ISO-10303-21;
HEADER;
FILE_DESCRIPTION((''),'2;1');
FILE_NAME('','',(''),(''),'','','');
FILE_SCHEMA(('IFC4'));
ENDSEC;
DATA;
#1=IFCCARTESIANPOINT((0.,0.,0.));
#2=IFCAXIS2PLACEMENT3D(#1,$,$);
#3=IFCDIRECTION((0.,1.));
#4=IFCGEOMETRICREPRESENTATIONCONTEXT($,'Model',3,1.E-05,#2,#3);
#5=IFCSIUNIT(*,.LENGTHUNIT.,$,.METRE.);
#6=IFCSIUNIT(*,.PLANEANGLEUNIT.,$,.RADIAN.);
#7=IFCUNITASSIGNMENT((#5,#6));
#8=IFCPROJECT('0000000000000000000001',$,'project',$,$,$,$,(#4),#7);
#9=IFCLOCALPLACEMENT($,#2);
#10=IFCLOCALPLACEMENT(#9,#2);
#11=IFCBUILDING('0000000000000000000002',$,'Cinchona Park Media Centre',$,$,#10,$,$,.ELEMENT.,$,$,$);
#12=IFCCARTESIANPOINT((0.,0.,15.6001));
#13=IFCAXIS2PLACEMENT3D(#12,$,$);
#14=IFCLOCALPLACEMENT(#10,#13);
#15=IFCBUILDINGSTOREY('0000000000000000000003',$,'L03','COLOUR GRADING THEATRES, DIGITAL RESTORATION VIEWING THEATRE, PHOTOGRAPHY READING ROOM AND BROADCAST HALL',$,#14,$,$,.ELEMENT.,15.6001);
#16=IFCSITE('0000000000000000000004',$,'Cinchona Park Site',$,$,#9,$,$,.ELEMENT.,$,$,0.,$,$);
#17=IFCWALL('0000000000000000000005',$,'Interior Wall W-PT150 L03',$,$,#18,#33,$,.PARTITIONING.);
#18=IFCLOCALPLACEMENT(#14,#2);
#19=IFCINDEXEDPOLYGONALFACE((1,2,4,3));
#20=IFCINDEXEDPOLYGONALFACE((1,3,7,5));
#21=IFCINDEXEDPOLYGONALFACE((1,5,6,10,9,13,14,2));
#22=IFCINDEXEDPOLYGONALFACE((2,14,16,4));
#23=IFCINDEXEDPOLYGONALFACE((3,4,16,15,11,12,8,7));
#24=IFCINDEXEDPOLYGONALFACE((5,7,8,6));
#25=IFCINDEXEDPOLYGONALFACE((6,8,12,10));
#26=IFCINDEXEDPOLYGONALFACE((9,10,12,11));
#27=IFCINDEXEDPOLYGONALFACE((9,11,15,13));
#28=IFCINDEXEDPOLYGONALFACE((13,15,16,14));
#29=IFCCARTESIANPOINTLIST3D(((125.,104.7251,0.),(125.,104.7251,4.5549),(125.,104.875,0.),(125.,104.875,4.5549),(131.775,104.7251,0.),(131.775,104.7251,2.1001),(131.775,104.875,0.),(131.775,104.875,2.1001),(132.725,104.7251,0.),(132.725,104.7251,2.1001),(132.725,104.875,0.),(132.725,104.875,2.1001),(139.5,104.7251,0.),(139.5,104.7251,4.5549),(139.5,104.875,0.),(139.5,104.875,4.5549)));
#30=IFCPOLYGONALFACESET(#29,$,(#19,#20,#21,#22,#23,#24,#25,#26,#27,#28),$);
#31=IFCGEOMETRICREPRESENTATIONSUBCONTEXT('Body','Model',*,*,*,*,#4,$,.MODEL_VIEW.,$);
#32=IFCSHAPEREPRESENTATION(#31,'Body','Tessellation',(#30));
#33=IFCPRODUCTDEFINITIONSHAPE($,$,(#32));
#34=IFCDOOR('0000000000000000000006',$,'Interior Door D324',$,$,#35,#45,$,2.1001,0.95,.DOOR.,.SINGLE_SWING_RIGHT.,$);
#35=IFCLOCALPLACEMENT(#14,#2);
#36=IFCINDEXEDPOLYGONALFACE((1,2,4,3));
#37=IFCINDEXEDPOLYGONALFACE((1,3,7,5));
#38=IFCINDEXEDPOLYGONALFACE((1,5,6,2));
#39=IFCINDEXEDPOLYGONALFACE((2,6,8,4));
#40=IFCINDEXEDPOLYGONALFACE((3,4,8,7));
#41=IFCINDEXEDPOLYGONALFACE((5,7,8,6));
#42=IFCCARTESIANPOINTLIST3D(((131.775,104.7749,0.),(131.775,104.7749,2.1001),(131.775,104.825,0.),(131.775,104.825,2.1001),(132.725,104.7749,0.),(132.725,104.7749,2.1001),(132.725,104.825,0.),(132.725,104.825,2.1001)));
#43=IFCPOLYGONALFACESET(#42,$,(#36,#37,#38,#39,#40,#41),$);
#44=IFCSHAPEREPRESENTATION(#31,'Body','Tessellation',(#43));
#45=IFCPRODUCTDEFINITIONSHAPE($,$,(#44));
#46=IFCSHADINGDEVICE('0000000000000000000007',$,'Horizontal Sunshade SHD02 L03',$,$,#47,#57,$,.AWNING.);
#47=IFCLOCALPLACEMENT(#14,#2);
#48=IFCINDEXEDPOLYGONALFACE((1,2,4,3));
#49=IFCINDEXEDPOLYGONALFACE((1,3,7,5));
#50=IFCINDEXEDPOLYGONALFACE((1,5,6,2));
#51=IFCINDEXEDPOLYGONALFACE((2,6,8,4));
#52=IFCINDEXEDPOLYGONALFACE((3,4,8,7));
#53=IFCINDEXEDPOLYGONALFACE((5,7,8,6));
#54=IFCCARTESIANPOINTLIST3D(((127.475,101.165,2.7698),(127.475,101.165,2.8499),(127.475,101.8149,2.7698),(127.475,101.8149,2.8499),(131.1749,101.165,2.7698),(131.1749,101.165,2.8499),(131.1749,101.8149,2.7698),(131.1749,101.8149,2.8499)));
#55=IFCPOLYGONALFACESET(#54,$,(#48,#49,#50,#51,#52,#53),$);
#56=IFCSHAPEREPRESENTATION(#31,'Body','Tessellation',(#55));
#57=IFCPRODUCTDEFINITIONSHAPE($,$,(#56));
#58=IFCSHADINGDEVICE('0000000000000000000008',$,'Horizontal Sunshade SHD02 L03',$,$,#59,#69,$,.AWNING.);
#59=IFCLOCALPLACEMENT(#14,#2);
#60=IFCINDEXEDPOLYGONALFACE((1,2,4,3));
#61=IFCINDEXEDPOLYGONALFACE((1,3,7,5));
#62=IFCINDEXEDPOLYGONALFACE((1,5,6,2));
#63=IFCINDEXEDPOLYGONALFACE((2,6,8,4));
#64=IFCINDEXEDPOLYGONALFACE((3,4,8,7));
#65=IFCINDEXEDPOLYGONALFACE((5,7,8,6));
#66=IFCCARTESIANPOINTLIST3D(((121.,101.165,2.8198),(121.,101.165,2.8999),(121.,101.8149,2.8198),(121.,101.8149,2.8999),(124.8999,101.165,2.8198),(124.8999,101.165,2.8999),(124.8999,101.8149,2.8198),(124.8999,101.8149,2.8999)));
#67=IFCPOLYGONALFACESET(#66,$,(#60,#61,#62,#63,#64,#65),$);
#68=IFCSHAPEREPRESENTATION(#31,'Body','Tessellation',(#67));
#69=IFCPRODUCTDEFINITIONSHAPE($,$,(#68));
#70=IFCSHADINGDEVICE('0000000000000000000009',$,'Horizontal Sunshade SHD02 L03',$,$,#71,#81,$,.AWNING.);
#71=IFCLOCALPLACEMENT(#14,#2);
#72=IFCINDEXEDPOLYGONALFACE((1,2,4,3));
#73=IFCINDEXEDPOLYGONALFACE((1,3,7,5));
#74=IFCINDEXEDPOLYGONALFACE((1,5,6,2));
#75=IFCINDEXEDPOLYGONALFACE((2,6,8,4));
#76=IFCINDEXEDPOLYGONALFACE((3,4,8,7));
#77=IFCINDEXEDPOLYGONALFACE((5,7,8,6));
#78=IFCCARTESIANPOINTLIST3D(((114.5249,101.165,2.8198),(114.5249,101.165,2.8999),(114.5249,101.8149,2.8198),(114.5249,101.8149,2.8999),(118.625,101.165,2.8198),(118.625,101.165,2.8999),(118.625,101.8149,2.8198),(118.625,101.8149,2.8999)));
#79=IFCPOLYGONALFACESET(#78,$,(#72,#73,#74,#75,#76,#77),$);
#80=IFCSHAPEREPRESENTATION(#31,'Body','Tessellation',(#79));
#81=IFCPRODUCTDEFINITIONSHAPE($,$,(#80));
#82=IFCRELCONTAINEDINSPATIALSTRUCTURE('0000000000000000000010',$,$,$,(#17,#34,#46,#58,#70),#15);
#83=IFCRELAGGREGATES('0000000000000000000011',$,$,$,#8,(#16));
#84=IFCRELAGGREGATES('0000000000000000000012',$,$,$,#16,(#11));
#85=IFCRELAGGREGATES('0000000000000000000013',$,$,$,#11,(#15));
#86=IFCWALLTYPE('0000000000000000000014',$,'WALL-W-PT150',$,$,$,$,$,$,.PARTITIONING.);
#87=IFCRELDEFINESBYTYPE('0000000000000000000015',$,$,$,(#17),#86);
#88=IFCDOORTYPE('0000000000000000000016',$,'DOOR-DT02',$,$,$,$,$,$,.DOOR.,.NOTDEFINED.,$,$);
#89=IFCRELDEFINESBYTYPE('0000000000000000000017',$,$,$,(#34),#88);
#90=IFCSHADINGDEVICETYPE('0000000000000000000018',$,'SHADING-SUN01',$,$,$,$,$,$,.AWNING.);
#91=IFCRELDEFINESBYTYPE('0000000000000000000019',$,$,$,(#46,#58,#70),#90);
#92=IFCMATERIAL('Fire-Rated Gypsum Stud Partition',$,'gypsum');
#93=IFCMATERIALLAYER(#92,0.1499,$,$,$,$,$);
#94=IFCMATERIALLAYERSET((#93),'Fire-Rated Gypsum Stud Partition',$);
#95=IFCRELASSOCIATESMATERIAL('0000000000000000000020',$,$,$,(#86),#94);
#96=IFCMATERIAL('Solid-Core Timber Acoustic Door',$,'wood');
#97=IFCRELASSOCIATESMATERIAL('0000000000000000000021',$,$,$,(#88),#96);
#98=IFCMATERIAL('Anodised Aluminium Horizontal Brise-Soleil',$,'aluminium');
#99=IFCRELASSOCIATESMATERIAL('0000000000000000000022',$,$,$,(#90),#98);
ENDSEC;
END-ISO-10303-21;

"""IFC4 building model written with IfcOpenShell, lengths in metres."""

from ifc_helpers import new_model, si_unit, direction, frame, frame_2d, origin, origin_2d, place, context, subcontext, project, spatial, rectangle, extrude, material, layer, layer_set, type_object, element, fill, save


model = new_model("IFC4")

# Units and contexts
model_context = context("Model", 3, precision=1e-05, world=origin(), true_north=direction((0.0, 1.0)))
body_context = subcontext(model_context, "Body", "Model", "MODEL_VIEW")
ifc_project = project(units=[si_unit("LENGTHUNIT", "METRE"), si_unit("PLANEANGLEUNIT", "RADIAN")], contexts=[model_context])

# Site, building, storey
site_placement = place(None, origin())
site = spatial("IfcSite", under=ifc_project, at=site_placement, Name="Cinchona Park Site", CompositionType="ELEMENT", RefElevation=0.0)
building_placement = place(site_placement, origin())
building = spatial("IfcBuilding", under=site, at=building_placement, Name="Cinchona Park Media Centre", CompositionType="ELEMENT")
storey_placement = place(building_placement, frame((0.0, 0.0, 15.6001)))
storey = spatial("IfcBuildingStorey", under=building, at=storey_placement, Name="L03", Description="COLOUR GRADING THEATRES, DIGITAL RESTORATION VIEWING THEATRE, PHOTOGRAPHY READING ROOM AND BROADCAST HALL", CompositionType="ELEMENT", Elevation=15.6001)

# Wall, opening, door
ifc_material_1 = material(Name="Fire-Rated Gypsum Stud Partition", Category="gypsum")
ifc_layer = layer(ifc_material_1, 0.1499)
ifc_layer_set = layer_set([ifc_layer], Name="Fire-Rated Gypsum Stud Partition")
wall_type = type_object("IfcWallType", Name="WALL-W-PT150", PredefinedType="PARTITIONING", material=ifc_layer_set)
wall_placement = place(storey_placement, frame((125.0, 104.8, 0.0), z_axis=(0.0, 0.0, 1.0), x_axis=(1.0, 0.0, 0.0)))
wall = element("IfcWall", 1, at=wall_placement, inside=storey, type_object=wall_type, Name="Interior Wall W-PT150 L03", PredefinedType="PARTITIONING", context=body_context, shape_type="SweptSolid", body=[
    extrude(rectangle(XDim=14.5, YDim=0.1499, at=frame_2d((7.25, 0.0))), origin(), (0.0, 0.0, 1.0), 4.5549),
])
opening_placement = place(wall_placement, frame((6.7749, 0.0, 0.0)))
opening = element("IfcOpeningElement", 2, at=opening_placement, cuts=wall, PredefinedType="OPENING", context=body_context, shape_type="SweptSolid", body=[
    extrude(rectangle(XDim=0.95, YDim=2.1001, at=frame_2d((0.4751, 1.05))), frame((0.0, 0.085, 0.0), z_axis=(0.0, -1.0, 0.0), x_axis=(1.0, 0.0, 0.0)), (0.0, 0.0, 1.0), 0.1699),
])
ifc_material_2 = material(Name="Solid-Core Timber Acoustic Door", Category="wood")
door_type = type_object("IfcDoorType", Name="DOOR-DT02", OperationType="NOTDEFINED", PredefinedType="DOOR", material=ifc_material_2)
door_placement = place(opening_placement, origin())
door = element("IfcDoor", 3, at=door_placement, inside=storey, type_object=door_type, Name="Interior Door D324", OperationType="SINGLE_SWING_RIGHT", OverallHeight=2.1001, OverallWidth=0.95, PredefinedType="DOOR", context=body_context, shape_type="SweptSolid", body=[
    extrude(rectangle(XDim=0.95, YDim=2.1001, at=frame_2d((0.4751, 1.05))), frame((0.0, 0.0249, 0.0), z_axis=(0.0, -1.0, 0.0), x_axis=(1.0, 0.0, 0.0)), (0.0, 0.0, 1.0), 0.05),
])
fill(opening, door)

# Shading devices
ifc_material_3 = material(Name="Anodised Aluminium Horizontal Brise-Soleil", Category="aluminium")
shading_device_type = type_object("IfcShadingDeviceType", Name="SHADING-SUN01", PredefinedType="AWNING", material=ifc_material_3)
shading_device_1_placement = place(storey_placement, frame((129.325, 101.49, 2.7698), z_axis=(0.0, 0.0, 1.0), x_axis=(-1.0, 0.0, 0.0)))
element("IfcShadingDevice", 4, at=shading_device_1_placement, inside=storey, type_object=shading_device_type, Name="Horizontal Sunshade SHD02 L03", PredefinedType="AWNING", context=body_context, shape_type="SweptSolid", body=[
    extrude(rectangle(XDim=3.7, YDim=0.6499, at=origin_2d()), origin(), (0.0, 0.0, 1.0), 0.0801),
])
shading_device_2_placement = place(storey_placement, frame((122.95, 101.49, 2.8198), z_axis=(0.0, 0.0, 1.0), x_axis=(-1.0, 0.0, 0.0)))
element("IfcShadingDevice", 5, at=shading_device_2_placement, inside=storey, type_object=shading_device_type, Name="Horizontal Sunshade SHD02 L03", PredefinedType="AWNING", context=body_context, shape_type="SweptSolid", body=[
    extrude(rectangle(XDim=3.8999, YDim=0.6499, at=origin_2d()), origin(), (0.0, 0.0, 1.0), 0.0801),
])
shading_device_3_placement = place(storey_placement, frame((116.575, 101.49, 2.8198), z_axis=(0.0, 0.0, 1.0), x_axis=(-1.0, 0.0, 0.0)))
element("IfcShadingDevice", 6, at=shading_device_3_placement, inside=storey, type_object=shading_device_type, Name="Horizontal Sunshade SHD02 L03", PredefinedType="AWNING", context=body_context, shape_type="SweptSolid", body=[
    extrude(rectangle(XDim=4.1001, YDim=0.6499, at=origin_2d()), origin(), (0.0, 0.0, 1.0), 0.0801),
])

save(model, "model.ifc")
